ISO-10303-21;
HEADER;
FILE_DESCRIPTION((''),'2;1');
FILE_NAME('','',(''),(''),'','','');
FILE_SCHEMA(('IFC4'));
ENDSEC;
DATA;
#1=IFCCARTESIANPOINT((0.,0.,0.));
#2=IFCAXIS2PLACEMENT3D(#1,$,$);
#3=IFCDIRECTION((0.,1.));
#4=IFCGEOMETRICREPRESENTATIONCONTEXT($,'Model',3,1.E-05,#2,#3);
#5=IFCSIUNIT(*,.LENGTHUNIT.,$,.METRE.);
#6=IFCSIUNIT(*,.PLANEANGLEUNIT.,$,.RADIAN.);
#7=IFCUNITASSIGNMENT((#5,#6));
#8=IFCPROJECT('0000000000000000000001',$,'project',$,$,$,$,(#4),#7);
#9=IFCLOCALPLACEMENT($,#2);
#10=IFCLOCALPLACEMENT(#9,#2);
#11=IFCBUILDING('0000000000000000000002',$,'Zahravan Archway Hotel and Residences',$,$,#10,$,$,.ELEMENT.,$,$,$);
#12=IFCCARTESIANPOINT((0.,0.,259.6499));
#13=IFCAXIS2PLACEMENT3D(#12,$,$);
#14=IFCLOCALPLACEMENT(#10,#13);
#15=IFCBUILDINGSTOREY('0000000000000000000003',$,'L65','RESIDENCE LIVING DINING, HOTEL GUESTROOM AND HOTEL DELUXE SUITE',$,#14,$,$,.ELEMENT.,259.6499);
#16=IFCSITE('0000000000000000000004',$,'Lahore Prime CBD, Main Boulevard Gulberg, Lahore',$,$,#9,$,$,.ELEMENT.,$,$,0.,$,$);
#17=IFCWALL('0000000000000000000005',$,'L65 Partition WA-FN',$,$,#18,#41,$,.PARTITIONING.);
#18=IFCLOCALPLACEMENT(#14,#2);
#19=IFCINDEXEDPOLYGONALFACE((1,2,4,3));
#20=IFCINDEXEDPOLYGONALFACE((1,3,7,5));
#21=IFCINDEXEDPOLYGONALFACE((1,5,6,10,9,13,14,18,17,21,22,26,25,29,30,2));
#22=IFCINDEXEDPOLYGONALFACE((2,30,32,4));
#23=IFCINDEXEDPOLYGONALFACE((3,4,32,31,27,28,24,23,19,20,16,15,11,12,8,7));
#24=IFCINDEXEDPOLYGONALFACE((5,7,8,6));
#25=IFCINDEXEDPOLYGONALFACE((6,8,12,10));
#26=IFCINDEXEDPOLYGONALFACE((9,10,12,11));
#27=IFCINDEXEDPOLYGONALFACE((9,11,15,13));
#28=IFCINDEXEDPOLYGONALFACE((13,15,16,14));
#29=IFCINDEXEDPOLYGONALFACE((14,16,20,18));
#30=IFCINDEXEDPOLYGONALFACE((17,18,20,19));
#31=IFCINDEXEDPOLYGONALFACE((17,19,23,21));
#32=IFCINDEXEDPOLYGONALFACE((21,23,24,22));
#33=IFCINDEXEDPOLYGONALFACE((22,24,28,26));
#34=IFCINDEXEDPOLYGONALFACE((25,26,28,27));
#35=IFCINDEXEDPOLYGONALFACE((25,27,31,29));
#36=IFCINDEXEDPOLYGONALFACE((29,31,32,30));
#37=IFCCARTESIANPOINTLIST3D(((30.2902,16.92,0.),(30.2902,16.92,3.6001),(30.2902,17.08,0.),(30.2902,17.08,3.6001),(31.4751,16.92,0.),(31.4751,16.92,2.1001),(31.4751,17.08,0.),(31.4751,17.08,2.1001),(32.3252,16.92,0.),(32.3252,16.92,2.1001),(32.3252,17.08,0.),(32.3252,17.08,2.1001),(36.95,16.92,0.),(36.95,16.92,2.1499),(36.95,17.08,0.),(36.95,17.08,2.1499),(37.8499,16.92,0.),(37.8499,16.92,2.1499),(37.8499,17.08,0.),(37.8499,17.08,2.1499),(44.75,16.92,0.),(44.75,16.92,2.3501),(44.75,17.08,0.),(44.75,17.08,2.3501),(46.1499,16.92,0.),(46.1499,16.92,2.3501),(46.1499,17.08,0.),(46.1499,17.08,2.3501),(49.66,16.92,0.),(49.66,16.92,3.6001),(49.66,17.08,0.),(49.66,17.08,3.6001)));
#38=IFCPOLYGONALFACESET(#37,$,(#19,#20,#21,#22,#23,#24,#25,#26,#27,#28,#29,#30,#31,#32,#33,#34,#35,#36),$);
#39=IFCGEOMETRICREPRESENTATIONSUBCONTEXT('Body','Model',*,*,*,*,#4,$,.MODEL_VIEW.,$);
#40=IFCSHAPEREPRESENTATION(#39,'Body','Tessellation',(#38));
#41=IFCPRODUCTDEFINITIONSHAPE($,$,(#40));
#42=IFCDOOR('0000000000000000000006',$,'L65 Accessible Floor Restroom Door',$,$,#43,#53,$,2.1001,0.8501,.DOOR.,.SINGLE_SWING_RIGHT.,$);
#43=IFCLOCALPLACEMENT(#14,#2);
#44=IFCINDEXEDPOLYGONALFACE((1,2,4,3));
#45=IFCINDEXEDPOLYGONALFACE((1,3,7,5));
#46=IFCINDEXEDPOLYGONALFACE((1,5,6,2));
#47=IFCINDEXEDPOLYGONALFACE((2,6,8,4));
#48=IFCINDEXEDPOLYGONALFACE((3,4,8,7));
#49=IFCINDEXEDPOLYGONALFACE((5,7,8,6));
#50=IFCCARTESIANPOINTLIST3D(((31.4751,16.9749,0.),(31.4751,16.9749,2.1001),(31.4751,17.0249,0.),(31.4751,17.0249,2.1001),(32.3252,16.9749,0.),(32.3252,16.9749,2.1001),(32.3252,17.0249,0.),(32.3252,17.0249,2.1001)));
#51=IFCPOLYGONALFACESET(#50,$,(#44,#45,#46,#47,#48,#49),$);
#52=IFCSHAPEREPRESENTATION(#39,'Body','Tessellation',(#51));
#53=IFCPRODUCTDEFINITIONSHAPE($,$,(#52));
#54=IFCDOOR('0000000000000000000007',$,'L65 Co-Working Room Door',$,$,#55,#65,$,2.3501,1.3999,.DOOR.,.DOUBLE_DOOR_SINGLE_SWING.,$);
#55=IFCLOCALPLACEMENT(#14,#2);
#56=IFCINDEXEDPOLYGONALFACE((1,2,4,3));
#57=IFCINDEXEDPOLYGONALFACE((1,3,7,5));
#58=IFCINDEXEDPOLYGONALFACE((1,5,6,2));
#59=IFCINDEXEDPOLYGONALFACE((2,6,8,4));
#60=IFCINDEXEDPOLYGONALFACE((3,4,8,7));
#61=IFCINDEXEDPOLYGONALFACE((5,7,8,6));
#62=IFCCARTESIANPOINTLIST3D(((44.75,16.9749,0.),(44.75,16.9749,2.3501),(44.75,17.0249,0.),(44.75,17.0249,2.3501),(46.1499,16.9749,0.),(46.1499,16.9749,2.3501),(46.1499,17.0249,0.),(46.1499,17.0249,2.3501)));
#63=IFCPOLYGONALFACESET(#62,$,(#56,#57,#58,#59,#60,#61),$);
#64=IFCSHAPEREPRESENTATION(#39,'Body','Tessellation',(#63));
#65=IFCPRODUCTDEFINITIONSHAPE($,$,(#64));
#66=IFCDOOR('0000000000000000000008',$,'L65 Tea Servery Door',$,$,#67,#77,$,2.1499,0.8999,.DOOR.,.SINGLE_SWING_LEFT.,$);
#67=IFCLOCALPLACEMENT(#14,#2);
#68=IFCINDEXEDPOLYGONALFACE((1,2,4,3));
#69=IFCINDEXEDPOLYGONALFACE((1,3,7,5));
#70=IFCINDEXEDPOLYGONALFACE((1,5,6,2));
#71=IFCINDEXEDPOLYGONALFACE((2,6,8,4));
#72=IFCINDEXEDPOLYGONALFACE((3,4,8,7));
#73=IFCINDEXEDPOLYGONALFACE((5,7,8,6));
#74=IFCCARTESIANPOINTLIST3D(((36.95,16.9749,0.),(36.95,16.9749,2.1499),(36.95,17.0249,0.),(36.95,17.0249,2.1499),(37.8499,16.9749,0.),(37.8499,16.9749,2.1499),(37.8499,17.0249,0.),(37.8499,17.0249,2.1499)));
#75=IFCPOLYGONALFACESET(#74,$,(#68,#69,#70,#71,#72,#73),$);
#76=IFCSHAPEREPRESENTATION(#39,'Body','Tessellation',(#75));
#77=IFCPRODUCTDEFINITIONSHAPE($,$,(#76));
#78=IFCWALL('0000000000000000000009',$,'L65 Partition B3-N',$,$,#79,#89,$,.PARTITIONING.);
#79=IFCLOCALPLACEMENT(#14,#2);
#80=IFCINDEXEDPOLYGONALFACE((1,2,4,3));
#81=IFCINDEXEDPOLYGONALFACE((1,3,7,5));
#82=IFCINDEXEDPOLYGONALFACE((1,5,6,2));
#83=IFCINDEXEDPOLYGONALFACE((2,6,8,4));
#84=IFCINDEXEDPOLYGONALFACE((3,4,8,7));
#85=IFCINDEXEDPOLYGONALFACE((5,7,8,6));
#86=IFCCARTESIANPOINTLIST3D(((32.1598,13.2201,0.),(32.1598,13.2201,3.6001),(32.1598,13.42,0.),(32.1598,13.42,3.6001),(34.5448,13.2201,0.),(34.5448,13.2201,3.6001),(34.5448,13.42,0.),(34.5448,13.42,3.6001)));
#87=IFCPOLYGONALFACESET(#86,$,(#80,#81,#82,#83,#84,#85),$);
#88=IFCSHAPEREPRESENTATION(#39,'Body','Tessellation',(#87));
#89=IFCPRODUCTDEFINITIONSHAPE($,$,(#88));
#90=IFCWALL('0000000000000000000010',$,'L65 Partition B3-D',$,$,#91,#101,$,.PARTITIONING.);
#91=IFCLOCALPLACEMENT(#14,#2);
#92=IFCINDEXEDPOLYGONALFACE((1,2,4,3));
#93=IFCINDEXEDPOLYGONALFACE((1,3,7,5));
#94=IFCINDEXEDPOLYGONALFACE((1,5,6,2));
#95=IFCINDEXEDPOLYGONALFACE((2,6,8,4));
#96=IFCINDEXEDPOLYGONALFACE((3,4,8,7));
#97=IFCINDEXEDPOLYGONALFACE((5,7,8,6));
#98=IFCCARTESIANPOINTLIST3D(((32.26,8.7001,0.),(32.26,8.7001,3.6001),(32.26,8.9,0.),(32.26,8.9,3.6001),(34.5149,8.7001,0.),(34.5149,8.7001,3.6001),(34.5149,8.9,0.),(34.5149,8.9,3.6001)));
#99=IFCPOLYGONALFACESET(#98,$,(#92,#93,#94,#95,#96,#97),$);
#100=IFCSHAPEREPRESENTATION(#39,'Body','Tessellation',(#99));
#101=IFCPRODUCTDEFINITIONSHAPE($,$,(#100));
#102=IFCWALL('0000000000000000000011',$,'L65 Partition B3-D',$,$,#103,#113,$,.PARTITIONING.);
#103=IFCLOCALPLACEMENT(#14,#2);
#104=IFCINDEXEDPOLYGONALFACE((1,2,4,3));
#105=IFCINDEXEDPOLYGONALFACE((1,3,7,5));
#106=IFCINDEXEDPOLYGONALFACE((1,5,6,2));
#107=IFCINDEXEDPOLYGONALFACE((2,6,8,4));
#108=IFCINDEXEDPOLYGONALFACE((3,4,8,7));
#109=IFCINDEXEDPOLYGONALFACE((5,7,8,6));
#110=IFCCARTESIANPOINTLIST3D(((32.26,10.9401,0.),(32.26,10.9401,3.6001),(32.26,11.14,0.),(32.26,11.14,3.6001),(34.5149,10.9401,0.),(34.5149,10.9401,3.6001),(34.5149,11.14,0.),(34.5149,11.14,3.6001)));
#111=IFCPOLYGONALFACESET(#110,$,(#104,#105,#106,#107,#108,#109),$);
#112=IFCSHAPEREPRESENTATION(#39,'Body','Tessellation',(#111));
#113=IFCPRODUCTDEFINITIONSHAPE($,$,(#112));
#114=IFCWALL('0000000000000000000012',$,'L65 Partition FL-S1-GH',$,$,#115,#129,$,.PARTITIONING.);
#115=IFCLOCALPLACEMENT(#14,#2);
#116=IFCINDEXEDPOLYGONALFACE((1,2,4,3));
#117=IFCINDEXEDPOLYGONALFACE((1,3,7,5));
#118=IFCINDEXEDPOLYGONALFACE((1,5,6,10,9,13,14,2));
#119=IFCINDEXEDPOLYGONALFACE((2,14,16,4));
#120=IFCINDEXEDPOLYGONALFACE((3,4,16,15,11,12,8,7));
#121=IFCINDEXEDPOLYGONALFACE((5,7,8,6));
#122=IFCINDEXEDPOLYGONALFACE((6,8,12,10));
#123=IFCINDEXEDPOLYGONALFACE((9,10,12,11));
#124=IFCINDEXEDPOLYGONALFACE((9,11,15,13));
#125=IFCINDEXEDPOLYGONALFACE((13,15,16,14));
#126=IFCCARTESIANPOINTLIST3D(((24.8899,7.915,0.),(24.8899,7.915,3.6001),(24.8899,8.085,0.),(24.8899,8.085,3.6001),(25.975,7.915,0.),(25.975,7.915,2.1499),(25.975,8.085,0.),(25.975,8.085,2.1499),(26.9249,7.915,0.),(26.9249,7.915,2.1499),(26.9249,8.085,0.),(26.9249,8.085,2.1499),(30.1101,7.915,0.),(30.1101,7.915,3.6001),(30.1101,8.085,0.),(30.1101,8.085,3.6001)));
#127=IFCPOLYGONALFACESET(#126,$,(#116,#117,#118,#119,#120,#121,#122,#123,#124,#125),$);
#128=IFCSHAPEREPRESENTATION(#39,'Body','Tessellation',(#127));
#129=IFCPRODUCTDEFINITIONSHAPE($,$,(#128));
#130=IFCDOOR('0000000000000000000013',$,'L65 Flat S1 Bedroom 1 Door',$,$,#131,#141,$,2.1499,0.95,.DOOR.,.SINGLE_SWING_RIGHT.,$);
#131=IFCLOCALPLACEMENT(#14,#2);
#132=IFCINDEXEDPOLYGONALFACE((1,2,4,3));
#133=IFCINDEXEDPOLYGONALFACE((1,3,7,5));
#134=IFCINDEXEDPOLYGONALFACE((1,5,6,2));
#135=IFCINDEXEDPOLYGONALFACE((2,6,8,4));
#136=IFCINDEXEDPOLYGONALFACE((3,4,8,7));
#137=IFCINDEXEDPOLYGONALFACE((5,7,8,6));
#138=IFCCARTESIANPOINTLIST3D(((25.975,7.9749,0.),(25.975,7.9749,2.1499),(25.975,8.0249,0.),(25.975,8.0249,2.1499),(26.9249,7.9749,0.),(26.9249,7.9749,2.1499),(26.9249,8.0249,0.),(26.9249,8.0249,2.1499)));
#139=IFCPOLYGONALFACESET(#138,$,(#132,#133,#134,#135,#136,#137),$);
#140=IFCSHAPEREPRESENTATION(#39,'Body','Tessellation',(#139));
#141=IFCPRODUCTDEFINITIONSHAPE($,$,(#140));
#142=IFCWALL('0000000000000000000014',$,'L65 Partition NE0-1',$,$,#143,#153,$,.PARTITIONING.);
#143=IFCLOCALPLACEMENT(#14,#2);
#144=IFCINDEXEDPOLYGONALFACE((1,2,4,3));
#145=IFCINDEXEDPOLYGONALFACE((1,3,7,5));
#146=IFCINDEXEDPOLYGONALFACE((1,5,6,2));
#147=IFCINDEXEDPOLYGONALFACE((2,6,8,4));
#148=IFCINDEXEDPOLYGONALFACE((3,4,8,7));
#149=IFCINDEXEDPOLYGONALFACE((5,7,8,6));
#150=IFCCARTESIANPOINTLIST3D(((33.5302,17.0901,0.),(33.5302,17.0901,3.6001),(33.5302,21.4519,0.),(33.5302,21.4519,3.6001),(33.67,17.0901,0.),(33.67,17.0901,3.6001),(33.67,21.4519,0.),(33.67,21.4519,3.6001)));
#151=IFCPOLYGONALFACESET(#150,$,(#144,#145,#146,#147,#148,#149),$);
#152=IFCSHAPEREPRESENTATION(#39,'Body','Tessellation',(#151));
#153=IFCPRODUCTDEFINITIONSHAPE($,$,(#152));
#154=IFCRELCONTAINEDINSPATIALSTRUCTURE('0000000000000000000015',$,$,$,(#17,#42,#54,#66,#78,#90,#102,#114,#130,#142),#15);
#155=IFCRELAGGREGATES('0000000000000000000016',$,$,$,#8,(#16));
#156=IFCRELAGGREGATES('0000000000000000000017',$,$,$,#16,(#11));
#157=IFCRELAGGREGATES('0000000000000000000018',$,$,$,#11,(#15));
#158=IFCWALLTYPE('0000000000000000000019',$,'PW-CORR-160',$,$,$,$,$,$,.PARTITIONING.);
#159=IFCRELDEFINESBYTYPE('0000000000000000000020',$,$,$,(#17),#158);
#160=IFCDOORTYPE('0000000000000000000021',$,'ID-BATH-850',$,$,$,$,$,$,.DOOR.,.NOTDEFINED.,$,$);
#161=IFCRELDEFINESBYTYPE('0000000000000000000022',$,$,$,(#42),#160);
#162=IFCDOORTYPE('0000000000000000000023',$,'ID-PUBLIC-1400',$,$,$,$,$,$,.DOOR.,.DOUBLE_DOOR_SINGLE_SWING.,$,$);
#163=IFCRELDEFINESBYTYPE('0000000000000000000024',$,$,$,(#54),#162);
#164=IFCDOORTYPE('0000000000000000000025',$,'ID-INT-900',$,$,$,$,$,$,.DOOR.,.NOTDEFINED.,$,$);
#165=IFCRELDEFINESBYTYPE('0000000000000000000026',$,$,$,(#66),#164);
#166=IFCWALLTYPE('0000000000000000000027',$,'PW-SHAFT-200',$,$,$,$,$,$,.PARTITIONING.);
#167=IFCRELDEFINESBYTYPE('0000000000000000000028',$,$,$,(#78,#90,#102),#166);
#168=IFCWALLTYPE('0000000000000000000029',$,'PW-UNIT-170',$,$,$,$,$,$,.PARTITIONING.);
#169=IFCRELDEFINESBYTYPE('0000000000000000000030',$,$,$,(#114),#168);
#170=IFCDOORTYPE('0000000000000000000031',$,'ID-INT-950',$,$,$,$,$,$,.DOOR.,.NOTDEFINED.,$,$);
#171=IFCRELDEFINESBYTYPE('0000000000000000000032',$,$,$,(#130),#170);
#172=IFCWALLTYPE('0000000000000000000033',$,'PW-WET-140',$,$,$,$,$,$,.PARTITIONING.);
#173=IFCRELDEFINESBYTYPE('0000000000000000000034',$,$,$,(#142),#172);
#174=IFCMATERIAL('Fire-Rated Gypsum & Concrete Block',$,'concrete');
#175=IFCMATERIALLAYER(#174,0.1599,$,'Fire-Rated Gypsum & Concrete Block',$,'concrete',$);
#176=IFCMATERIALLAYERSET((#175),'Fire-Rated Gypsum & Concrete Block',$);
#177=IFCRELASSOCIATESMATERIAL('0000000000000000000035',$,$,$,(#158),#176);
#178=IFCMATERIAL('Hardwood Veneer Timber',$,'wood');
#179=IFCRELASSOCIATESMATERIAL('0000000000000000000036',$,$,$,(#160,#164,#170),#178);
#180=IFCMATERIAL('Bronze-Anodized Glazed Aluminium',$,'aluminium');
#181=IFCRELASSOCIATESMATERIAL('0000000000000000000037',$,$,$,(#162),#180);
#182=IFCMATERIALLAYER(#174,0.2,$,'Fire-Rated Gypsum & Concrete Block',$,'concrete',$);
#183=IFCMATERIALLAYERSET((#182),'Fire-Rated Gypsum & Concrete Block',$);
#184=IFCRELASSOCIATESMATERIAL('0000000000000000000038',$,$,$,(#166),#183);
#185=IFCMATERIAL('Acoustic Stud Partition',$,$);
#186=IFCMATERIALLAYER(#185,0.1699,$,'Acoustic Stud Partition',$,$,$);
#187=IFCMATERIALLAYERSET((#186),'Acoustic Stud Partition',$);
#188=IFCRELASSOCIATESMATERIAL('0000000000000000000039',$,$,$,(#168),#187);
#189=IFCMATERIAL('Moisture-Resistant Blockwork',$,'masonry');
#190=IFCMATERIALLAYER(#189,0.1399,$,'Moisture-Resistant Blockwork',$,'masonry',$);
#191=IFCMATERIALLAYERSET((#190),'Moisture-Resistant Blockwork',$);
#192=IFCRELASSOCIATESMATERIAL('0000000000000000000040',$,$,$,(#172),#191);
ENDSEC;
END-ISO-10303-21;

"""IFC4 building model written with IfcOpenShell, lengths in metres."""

from ifc_helpers import new_model, si_unit, direction, frame, frame_2d, origin, place, context, subcontext, project, spatial, rectangle, extrude, source, transform, mapped, material, layer, layer_set, type_object, type_shapes, element, fill, save


model = new_model("IFC4")

# Units and contexts
model_context = context("Model", 3, precision=1e-05, world=origin(), true_north=direction((0.0, 1.0)))
body_context = subcontext(model_context, "Body", "Model", "MODEL_VIEW")
ifc_project = project(units=[si_unit("LENGTHUNIT", "METRE"), si_unit("PLANEANGLEUNIT", "RADIAN")], contexts=[model_context])

# Site, building, storey
site_placement = place(None, origin())
site = spatial("IfcSite", under=ifc_project, at=site_placement, Name="Lahore Prime CBD, Main Boulevard Gulberg, Lahore", CompositionType="ELEMENT", RefElevation=0.0)
building_placement = place(site_placement, origin())
building = spatial("IfcBuilding", under=site, at=building_placement, Name="Zahravan Archway Hotel and Residences", CompositionType="ELEMENT")
storey_placement = place(building_placement, frame((0.0, 0.0, 259.6499)))
storey = spatial("IfcBuildingStorey", under=building, at=storey_placement, Name="L65", Description="RESIDENCE LIVING DINING, HOTEL GUESTROOM AND HOTEL DELUXE SUITE", CompositionType="ELEMENT", Elevation=259.6499)

# Shared definitions
ifc_material_1 = material(Name="Fire-Rated Gypsum & Concrete Block", Category="concrete")
ifc_layer_1 = layer(ifc_material_1, 0.1599, Name="Fire-Rated Gypsum & Concrete Block", Category="concrete")
ifc_layer_set_1 = layer_set([ifc_layer_1], Name="Fire-Rated Gypsum & Concrete Block")
wall_type_1 = type_object("IfcWallType", Name="PW-CORR-160", PredefinedType="PARTITIONING", material=ifc_layer_set_1)

# Wall, openings, doors
wall_1_placement = place(storey_placement, frame((30.29, 17.0, 0.0), z_axis=(0.0, 0.0, 1.0), x_axis=(1.0, 0.0, 0.0)))
wall_1 = element("IfcWall", 1, at=wall_1_placement, inside=storey, type_object=wall_type_1, Name="L65 Partition WA-FN", PredefinedType="PARTITIONING", context=body_context, shape_type="SweptSolid", body=[
    extrude(rectangle(XDim=19.3699, YDim=0.1599, at=frame_2d((9.6851, 0.0))), origin(), (0.0, 0.0, 1.0), 3.6001),
])
opening_1_placement = place(wall_1_placement, frame((1.1851, 0.0, 0.0)))
opening_1 = element("IfcOpeningElement", 2, at=opening_1_placement, cuts=wall_1, PredefinedType="OPENING", context=body_context, shape_type="SweptSolid", body=[
    extrude(rectangle(XDim=0.8501, YDim=2.1001, at=frame_2d((0.425, 1.05))), frame((0.0, 0.0898, 0.0), z_axis=(0.0, -1.0, 0.0), x_axis=(1.0, 0.0, 0.0)), (0.0, 0.0, 1.0), 0.1799),
])
opening_2_placement = place(wall_1_placement, frame((6.6599, 0.0, 0.0)))
opening_2 = element("IfcOpeningElement", 3, at=opening_2_placement, cuts=wall_1, PredefinedType="OPENING", context=body_context, shape_type="SweptSolid", body=[
    extrude(rectangle(XDim=0.8999, YDim=2.1499, at=frame_2d((0.45, 1.075))), frame((0.0, 0.0898, 0.0), z_axis=(0.0, -1.0, 0.0), x_axis=(1.0, 0.0, 0.0)), (0.0, 0.0, 1.0), 0.1799),
])
opening_3_placement = place(wall_1_placement, frame((14.46, 0.0, 0.0)))
opening_3 = element("IfcOpeningElement", 4, at=opening_3_placement, cuts=wall_1, PredefinedType="OPENING", context=body_context, shape_type="SweptSolid", body=[
    extrude(rectangle(XDim=1.3999, YDim=2.3501, at=frame_2d((0.7, 1.175))), frame((0.0, 0.0898, 0.0), z_axis=(0.0, -1.0, 0.0), x_axis=(1.0, 0.0, 0.0)), (0.0, 0.0, 1.0), 0.1799),
])
ifc_material_2 = material(Name="Hardwood Veneer Timber", Category="wood")
door_type_1 = type_object("IfcDoorType", Name="ID-BATH-850", OperationType="NOTDEFINED", PredefinedType="DOOR", material=ifc_material_2)
shared_shape_1 = source(origin(), body_context, "Body", "SweptSolid", [
    extrude(rectangle(XDim=0.8501, YDim=2.1001, at=frame_2d((0.425, 1.05))), frame((0.0, 0.0249, 0.0), z_axis=(0.0, -1.0, 0.0), x_axis=(1.0, 0.0, 0.0)), (0.0, 0.0, 1.0), 0.05),
])
type_shapes(door_type_1, [shared_shape_1])
door_1_placement = place(opening_1_placement, origin())
door_1 = element("IfcDoor", 5, at=door_1_placement, inside=storey, type_object=door_type_1, Name="L65 Accessible Floor Restroom Door", OperationType="SINGLE_SWING_RIGHT", OverallHeight=2.1001, OverallWidth=0.8501, PredefinedType="DOOR", context=body_context, shape_type="MappedRepresentation", body=[
    mapped(shared_shape_1, transform((0.0, 0.0, 0.0), scale=1.0)),
])
fill(opening_1, door_1)
ifc_material_3 = material(Name="Bronze-Anodized Glazed Aluminium", Category="aluminium")
door_type_2 = type_object("IfcDoorType", Name="ID-PUBLIC-1400", OperationType="DOUBLE_DOOR_SINGLE_SWING", PredefinedType="DOOR", material=ifc_material_3)
shared_shape_2 = source(origin(), body_context, "Body", "SweptSolid", [
    extrude(rectangle(XDim=1.3999, YDim=2.3501, at=frame_2d((0.7, 1.175))), frame((0.0, 0.0249, 0.0), z_axis=(0.0, -1.0, 0.0), x_axis=(1.0, 0.0, 0.0)), (0.0, 0.0, 1.0), 0.05),
])
type_shapes(door_type_2, [shared_shape_2])
door_2_placement = place(opening_3_placement, origin())
door_2 = element("IfcDoor", 6, at=door_2_placement, inside=storey, type_object=door_type_2, Name="L65 Co-Working Room Door", OperationType="DOUBLE_DOOR_SINGLE_SWING", OverallHeight=2.3501, OverallWidth=1.3999, PredefinedType="DOOR", context=body_context, shape_type="MappedRepresentation", body=[
    mapped(shared_shape_2, transform((0.0, 0.0, 0.0), scale=1.0)),
])
fill(opening_3, door_2)
door_type_3 = type_object("IfcDoorType", Name="ID-INT-900", OperationType="NOTDEFINED", PredefinedType="DOOR", material=ifc_material_2)
shared_shape_3 = source(origin(), body_context, "Body", "SweptSolid", [
    extrude(rectangle(XDim=0.8999, YDim=2.1499, at=frame_2d((0.45, 1.075))), frame((0.0, 0.0249, 0.0), z_axis=(0.0, -1.0, 0.0), x_axis=(1.0, 0.0, 0.0)), (0.0, 0.0, 1.0), 0.05),
])
type_shapes(door_type_3, [shared_shape_3])
door_3_placement = place(opening_2_placement, origin())
door_3 = element("IfcDoor", 7, at=door_3_placement, inside=storey, type_object=door_type_3, Name="L65 Tea Servery Door", OperationType="SINGLE_SWING_LEFT", OverallHeight=2.1499, OverallWidth=0.8999, PredefinedType="DOOR", context=body_context, shape_type="MappedRepresentation", body=[
    mapped(shared_shape_3, transform((0.0, 0.0, 0.0), scale=1.0)),
])
fill(opening_2, door_3)

# Walls
ifc_layer_2 = layer(ifc_material_1, 0.2, Name="Fire-Rated Gypsum & Concrete Block", Category="concrete")
ifc_layer_set_2 = layer_set([ifc_layer_2], Name="Fire-Rated Gypsum & Concrete Block")
wall_type_2 = type_object("IfcWallType", Name="PW-SHAFT-200", PredefinedType="PARTITIONING", material=ifc_layer_set_2)
wall_2_placement = place(storey_placement, frame((32.1599, 13.3201, 0.0), z_axis=(0.0, 0.0, 1.0), x_axis=(1.0, 0.0, 0.0)))
element("IfcWall", 8, at=wall_2_placement, inside=storey, type_object=wall_type_2, Name="L65 Partition B3-N", PredefinedType="PARTITIONING", context=body_context, shape_type="SweptSolid", body=[
    extrude(rectangle(XDim=2.385, YDim=0.2, at=frame_2d((1.1924, 0.0))), origin(), (0.0, 0.0, 1.0), 3.6001),
])
for number, where, z_axis, x_axis, name in (
    (9, (32.26, 8.8, 0.0), (0.0, 0.0, 1.0), (1.0, 0.0, 0.0), "L65 Partition B3-D"),
    (10, (32.26, 11.04, 0.0), (0.0, 0.0, 1.0), (1.0, 0.0, 0.0), "L65 Partition B3-D"),
):
    element("IfcWall", number, at=place(storey_placement, frame(where, z_axis=z_axis, x_axis=x_axis)), inside=storey, type_object=wall_type_2, Name=name, PredefinedType="PARTITIONING", context=body_context, shape_type="SweptSolid", body=[
        extrude(rectangle(XDim=2.2549, YDim=0.2, at=frame_2d((1.1274, 0.0))), origin(), (0.0, 0.0, 1.0), 3.6001),
    ])

# Wall, opening, door
ifc_material_4 = material(Name="Acoustic Stud Partition")
ifc_layer_3 = layer(ifc_material_4, 0.1699, Name="Acoustic Stud Partition")
ifc_layer_set_3 = layer_set([ifc_layer_3], Name="Acoustic Stud Partition")
wall_type_3 = type_object("IfcWallType", Name="PW-UNIT-170", PredefinedType="PARTITIONING", material=ifc_layer_set_3)
wall_3_placement = place(storey_placement, frame((24.8899, 8.0, 0.0), z_axis=(0.0, 0.0, 1.0), x_axis=(1.0, 0.0, 0.0)))
wall_3 = element("IfcWall", 11, at=wall_3_placement, inside=storey, type_object=wall_type_3, Name="L65 Partition FL-S1-GH", PredefinedType="PARTITIONING", context=body_context, shape_type="SweptSolid", body=[
    extrude(rectangle(XDim=5.2202, YDim=0.1699, at=frame_2d((2.6101, 0.0))), origin(), (0.0, 0.0, 1.0), 3.6001),
])
opening_4_placement = place(wall_3_placement, frame((1.085, 0.0, 0.0)))
opening_4 = element("IfcOpeningElement", 12, at=opening_4_placement, cuts=wall_3, PredefinedType="OPENING", context=body_context, shape_type="SweptSolid", body=[
    extrude(rectangle(XDim=0.95, YDim=2.1499, at=frame_2d((0.4751, 1.075))), frame((0.0, 0.095, 0.0), z_axis=(0.0, -1.0, 0.0), x_axis=(1.0, 0.0, 0.0)), (0.0, 0.0, 1.0), 0.1899),
])
door_type_4 = type_object("IfcDoorType", Name="ID-INT-950", OperationType="NOTDEFINED", PredefinedType="DOOR", material=ifc_material_2)
shared_shape_4 = source(origin(), body_context, "Body", "SweptSolid", [
    extrude(rectangle(XDim=0.95, YDim=2.1499, at=frame_2d((0.4751, 1.075))), frame((0.0, 0.0249, 0.0), z_axis=(0.0, -1.0, 0.0), x_axis=(1.0, 0.0, 0.0)), (0.0, 0.0, 1.0), 0.05),
])
type_shapes(door_type_4, [shared_shape_4])
door_4_placement = place(opening_4_placement, origin())
door_4 = element("IfcDoor", 13, at=door_4_placement, inside=storey, type_object=door_type_4, Name="L65 Flat S1 Bedroom 1 Door", OperationType="SINGLE_SWING_RIGHT", OverallHeight=2.1499, OverallWidth=0.95, PredefinedType="DOOR", context=body_context, shape_type="MappedRepresentation", body=[
    mapped(shared_shape_4, transform((0.0, 0.0, 0.0), scale=1.0)),
])
fill(opening_4, door_4)

# Wall
ifc_material_5 = material(Name="Moisture-Resistant Blockwork", Category="masonry")
ifc_layer_4 = layer(ifc_material_5, 0.1399, Name="Moisture-Resistant Blockwork", Category="masonry")
ifc_layer_set_4 = layer_set([ifc_layer_4], Name="Moisture-Resistant Blockwork")
wall_type_4 = type_object("IfcWallType", Name="PW-WET-140", PredefinedType="PARTITIONING", material=ifc_layer_set_4)
wall_4_placement = place(storey_placement, frame((33.6001, 17.0901, 0.0), z_axis=(0.0, 0.0, 1.0), x_axis=(0.0, 1.0, 0.0)))
element("IfcWall", 14, at=wall_4_placement, inside=storey, type_object=wall_type_4, Name="L65 Partition NE0-1", PredefinedType="PARTITIONING", context=body_context, shape_type="SweptSolid", body=[
    extrude(rectangle(XDim=4.3618, YDim=0.1399, at=frame_2d((2.1809, 0.0))), origin(), (0.0, 0.0, 1.0), 3.6001),
])

save(model, "model.ifc")
